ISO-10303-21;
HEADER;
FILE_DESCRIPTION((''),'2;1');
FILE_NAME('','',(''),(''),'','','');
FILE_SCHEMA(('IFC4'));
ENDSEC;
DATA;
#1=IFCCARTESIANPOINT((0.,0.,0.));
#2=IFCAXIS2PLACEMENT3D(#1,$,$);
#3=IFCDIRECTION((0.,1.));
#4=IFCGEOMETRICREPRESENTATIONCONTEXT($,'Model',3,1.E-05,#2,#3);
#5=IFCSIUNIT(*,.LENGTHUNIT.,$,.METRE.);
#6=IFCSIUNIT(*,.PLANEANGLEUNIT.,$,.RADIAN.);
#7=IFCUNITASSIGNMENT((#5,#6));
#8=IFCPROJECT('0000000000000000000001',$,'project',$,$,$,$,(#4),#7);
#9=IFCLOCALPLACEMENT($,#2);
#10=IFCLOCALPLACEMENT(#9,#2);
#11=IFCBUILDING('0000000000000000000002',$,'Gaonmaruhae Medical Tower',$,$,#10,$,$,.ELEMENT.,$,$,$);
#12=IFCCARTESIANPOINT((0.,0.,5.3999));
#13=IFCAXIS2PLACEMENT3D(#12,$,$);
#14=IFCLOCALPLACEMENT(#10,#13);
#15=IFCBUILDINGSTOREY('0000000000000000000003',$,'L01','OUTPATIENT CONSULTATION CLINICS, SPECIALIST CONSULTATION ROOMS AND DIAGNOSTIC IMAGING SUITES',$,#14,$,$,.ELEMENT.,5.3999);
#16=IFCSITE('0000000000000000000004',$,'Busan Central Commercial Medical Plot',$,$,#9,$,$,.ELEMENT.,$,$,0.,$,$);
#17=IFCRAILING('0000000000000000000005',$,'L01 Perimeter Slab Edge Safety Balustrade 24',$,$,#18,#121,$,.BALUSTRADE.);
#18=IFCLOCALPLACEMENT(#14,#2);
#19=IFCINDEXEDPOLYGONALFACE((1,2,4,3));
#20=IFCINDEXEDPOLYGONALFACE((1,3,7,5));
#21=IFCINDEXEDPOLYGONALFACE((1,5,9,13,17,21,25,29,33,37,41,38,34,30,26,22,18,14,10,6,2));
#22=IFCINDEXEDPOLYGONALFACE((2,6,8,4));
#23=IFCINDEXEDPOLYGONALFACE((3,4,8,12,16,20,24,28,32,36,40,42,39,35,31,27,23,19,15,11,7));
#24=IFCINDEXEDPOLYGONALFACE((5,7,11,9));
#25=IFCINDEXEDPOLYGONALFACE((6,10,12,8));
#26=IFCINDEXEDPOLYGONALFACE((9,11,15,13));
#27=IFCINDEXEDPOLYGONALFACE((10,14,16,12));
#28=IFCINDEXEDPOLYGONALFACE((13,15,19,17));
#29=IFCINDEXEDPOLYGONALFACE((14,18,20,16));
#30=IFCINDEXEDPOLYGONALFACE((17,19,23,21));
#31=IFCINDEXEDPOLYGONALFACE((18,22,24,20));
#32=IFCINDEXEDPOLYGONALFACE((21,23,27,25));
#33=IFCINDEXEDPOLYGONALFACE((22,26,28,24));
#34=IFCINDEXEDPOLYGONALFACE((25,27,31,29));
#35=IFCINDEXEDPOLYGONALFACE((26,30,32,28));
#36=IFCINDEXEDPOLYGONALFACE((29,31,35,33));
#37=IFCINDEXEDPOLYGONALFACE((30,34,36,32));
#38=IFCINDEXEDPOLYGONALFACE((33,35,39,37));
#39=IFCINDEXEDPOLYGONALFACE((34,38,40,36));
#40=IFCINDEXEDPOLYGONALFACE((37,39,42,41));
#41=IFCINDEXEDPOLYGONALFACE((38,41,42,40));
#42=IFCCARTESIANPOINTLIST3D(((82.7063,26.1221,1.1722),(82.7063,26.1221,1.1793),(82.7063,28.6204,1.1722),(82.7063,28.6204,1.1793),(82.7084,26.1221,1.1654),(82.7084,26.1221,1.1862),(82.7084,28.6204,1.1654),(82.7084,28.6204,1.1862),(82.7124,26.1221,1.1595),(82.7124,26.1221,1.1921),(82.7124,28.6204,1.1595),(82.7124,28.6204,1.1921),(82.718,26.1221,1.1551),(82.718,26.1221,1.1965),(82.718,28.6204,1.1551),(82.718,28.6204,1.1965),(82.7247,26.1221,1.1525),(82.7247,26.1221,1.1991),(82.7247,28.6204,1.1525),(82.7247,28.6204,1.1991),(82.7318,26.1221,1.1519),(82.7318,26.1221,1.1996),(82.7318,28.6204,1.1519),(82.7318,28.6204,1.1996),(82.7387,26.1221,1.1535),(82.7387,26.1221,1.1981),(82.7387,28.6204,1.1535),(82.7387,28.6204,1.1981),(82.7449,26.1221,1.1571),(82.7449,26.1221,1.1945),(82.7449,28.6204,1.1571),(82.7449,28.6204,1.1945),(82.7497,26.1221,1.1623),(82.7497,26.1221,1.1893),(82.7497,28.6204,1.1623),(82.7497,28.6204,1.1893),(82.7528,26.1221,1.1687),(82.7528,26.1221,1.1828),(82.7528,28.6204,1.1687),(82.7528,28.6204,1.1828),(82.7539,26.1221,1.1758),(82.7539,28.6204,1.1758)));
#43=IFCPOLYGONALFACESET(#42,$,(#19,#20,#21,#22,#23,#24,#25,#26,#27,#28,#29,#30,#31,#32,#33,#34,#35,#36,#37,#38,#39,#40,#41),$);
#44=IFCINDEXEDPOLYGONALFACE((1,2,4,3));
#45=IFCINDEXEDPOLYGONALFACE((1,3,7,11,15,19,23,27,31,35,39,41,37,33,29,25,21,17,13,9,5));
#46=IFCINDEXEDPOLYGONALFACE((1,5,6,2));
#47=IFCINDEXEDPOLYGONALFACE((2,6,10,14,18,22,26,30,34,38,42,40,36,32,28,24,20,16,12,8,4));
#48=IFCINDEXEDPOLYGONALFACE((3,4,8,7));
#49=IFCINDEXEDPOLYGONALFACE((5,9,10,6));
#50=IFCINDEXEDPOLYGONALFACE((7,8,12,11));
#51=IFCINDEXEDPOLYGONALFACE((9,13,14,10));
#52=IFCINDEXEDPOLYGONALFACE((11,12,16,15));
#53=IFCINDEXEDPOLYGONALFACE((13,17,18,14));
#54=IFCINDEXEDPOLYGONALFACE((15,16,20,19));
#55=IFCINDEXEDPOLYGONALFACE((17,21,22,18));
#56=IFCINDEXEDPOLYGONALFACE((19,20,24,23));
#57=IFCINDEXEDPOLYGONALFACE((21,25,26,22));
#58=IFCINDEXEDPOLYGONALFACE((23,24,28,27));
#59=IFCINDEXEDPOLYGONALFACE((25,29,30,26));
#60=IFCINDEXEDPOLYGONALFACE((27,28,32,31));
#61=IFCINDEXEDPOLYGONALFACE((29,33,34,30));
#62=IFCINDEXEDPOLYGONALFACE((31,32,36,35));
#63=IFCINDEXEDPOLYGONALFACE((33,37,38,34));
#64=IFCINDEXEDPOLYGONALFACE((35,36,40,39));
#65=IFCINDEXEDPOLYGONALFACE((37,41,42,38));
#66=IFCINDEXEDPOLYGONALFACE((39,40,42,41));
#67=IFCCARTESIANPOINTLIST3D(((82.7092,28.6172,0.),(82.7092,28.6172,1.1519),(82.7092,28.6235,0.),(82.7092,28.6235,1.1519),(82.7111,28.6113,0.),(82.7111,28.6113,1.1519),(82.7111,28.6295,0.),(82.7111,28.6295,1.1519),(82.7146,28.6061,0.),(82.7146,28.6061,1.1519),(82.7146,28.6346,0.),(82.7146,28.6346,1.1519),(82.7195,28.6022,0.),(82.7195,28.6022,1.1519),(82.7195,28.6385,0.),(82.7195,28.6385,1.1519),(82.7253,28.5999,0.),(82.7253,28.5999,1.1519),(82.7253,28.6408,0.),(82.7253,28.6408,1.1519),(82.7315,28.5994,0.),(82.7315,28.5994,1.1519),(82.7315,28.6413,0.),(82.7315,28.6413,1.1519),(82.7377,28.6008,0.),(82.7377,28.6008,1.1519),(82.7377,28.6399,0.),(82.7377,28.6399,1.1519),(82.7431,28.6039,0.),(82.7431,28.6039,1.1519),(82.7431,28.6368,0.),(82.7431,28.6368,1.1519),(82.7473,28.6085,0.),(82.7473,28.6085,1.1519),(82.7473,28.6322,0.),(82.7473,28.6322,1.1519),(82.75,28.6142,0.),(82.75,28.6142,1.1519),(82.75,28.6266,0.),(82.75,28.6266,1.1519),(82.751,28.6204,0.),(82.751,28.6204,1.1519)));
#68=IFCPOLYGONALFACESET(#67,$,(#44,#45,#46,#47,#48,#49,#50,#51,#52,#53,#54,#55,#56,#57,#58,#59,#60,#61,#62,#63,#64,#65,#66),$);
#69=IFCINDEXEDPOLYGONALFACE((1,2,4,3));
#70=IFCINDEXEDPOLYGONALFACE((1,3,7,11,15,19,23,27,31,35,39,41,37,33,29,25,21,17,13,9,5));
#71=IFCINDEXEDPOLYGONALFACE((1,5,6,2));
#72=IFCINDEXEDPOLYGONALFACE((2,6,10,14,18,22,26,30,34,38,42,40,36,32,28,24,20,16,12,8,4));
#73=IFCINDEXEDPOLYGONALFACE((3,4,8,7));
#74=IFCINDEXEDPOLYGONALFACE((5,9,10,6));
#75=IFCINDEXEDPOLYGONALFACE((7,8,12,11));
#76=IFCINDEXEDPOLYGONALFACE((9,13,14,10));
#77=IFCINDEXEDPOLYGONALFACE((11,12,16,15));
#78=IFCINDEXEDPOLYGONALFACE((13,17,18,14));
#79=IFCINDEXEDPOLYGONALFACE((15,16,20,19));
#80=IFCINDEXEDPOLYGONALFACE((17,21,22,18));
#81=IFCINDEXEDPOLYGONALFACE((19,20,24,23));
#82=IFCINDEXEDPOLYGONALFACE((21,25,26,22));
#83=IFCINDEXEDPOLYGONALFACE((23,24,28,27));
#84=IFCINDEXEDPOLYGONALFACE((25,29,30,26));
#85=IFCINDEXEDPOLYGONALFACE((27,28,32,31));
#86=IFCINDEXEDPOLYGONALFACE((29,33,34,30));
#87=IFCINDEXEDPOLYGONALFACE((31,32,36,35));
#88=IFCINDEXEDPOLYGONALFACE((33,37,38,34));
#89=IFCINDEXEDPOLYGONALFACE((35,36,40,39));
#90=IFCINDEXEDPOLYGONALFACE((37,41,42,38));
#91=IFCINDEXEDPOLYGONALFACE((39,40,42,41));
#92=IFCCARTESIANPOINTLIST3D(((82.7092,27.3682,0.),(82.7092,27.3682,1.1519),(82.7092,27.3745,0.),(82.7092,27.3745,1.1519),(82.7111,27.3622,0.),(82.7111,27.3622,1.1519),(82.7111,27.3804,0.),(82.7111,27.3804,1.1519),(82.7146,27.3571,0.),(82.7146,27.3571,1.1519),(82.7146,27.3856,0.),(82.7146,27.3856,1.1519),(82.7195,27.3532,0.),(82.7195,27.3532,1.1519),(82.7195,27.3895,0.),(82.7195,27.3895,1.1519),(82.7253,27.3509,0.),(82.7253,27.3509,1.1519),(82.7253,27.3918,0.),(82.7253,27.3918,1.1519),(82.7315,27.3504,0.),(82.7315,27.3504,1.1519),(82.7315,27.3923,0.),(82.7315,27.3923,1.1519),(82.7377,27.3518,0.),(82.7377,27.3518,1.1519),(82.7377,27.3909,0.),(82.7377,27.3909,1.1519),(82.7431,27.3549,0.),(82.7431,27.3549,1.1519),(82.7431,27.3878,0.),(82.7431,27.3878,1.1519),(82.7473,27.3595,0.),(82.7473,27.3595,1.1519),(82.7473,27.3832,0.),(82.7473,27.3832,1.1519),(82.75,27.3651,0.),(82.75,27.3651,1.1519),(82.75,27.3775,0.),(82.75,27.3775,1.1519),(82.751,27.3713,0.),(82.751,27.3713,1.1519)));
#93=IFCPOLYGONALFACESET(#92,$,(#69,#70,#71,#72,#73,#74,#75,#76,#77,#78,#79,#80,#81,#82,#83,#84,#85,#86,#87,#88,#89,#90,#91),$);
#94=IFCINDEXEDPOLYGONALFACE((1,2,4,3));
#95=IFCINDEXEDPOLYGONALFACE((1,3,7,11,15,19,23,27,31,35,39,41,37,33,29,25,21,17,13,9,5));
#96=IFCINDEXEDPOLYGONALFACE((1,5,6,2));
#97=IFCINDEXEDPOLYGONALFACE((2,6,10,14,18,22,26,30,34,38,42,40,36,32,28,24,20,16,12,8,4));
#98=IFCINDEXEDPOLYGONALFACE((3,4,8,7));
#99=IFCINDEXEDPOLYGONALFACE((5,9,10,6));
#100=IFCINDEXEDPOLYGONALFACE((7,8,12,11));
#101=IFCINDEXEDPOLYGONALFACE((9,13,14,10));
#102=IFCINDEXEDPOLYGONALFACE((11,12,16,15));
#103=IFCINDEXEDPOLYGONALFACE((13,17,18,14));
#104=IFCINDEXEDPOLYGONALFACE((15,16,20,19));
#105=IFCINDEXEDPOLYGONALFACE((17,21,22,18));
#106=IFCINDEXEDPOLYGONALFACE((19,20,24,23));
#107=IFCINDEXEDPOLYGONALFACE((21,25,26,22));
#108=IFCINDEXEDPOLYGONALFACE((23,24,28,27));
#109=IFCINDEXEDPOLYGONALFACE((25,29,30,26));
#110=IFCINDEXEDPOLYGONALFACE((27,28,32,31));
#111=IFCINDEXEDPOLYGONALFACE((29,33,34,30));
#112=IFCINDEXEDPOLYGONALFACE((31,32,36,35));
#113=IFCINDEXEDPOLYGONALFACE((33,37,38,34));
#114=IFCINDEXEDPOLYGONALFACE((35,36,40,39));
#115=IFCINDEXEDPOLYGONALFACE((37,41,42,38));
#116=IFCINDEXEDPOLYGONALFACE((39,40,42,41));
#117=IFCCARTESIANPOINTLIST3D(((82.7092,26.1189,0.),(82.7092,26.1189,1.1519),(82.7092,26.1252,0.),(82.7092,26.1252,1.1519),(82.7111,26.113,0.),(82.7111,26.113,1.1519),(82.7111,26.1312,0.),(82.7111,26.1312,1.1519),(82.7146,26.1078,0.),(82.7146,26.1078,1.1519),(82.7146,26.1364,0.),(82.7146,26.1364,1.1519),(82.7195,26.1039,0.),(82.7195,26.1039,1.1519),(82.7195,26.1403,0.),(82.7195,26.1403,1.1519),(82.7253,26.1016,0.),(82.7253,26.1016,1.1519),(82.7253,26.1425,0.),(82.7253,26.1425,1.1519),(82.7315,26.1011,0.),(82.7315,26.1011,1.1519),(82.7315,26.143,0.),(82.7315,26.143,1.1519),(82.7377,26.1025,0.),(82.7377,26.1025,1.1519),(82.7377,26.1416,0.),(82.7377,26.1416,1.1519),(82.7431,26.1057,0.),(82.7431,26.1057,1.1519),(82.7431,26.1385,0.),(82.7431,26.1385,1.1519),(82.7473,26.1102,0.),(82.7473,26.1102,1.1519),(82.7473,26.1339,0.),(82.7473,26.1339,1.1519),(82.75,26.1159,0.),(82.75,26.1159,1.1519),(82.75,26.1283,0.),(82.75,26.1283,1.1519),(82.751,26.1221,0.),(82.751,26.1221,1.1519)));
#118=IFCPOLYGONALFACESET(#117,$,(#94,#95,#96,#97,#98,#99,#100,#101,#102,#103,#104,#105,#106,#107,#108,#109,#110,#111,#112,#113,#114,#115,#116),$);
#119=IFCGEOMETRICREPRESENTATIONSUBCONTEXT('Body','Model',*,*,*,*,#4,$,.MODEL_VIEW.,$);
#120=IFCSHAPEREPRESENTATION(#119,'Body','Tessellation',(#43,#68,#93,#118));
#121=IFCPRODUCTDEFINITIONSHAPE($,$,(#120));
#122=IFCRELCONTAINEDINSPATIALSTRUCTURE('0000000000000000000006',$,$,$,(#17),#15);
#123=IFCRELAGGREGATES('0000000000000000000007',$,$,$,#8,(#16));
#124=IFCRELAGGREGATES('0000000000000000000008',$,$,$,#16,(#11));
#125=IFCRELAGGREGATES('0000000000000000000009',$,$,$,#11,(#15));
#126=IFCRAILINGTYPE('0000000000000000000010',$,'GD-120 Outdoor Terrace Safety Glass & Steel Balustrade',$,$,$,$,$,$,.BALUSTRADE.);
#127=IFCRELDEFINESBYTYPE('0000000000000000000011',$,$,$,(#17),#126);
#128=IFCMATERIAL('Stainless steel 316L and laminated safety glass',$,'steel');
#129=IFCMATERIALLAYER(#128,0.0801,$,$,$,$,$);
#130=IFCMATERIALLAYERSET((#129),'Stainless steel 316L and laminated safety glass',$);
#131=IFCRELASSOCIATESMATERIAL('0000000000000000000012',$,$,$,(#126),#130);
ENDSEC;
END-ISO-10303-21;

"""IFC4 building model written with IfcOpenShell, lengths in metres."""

from ifc_helpers import new_model, si_unit, direction, frame, origin, origin_2d, place, context, subcontext, project, spatial, circle, extrude, material, layer, layer_set, type_object, element, save


model = new_model("IFC4")

# Units and contexts
model_context = context("Model", 3, precision=1e-05, world=origin(), true_north=direction((0.0, 1.0)))
body_context = subcontext(model_context, "Body", "Model", "MODEL_VIEW")
ifc_project = project(units=[si_unit("LENGTHUNIT", "METRE"), si_unit("PLANEANGLEUNIT", "RADIAN")], contexts=[model_context])

# Site, building, storey
site_placement = place(None, origin())
site = spatial("IfcSite", under=ifc_project, at=site_placement, Name="Busan Central Commercial Medical Plot", CompositionType="ELEMENT", RefElevation=0.0)
building_placement = place(site_placement, origin())
building = spatial("IfcBuilding", under=site, at=building_placement, Name="Gaonmaruhae Medical Tower", CompositionType="ELEMENT")
storey_placement = place(building_placement, frame((0.0, 0.0, 5.3999)))
storey = spatial("IfcBuildingStorey", under=building, at=storey_placement, Name="L01", Description="OUTPATIENT CONSULTATION CLINICS, SPECIALIST CONSULTATION ROOMS AND DIAGNOSTIC IMAGING SUITES", CompositionType="ELEMENT", Elevation=5.3999)

# Railing
ifc_material_1 = material(Name="Stainless steel 316L and laminated safety glass", Category="steel")
ifc_layer_1 = layer(ifc_material_1, 0.0801)
ifc_layer_set_1 = layer_set([ifc_layer_1], Name="Stainless steel 316L and laminated safety glass")
railing_type = type_object("IfcRailingType", Name="GD-120 Outdoor Terrace Safety Glass & Steel Balustrade", PredefinedType="BALUSTRADE", material=ifc_layer_set_1)
for number, where, name in (
    (1, (82.73, 28.6204, 0.0), "L01 Perimeter Slab Edge Safety Balustrade 24"),
):
    element("IfcRailing", number, at=place(storey_placement, frame(where)), inside=storey, type_object=railing_type, Name=name, PredefinedType="BALUSTRADE", context=body_context, shape_type="SweptSolid", body=[
        extrude(circle(Radius=0.0239, at=origin_2d()), frame((0.0, 0.0, 1.1758), z_axis=(0.0, -1.0, 0.0), x_axis=(1.0, 0.0, 0.0)), (0.0, 0.0, 1.0), 2.4983),
        extrude(circle(Radius=0.021, at=origin_2d()), origin(), (0.0, 0.0, 1.0), 1.1519),
        extrude(circle(Radius=0.021, at=origin_2d()), frame((0.0, -1.249, 0.0)), (0.0, 0.0, 1.0), 1.1519),
        extrude(circle(Radius=0.021, at=origin_2d()), frame((0.0, -2.4983, 0.0)), (0.0, 0.0, 1.0), 1.1519),
    ])

save(model, "model.ifc")
